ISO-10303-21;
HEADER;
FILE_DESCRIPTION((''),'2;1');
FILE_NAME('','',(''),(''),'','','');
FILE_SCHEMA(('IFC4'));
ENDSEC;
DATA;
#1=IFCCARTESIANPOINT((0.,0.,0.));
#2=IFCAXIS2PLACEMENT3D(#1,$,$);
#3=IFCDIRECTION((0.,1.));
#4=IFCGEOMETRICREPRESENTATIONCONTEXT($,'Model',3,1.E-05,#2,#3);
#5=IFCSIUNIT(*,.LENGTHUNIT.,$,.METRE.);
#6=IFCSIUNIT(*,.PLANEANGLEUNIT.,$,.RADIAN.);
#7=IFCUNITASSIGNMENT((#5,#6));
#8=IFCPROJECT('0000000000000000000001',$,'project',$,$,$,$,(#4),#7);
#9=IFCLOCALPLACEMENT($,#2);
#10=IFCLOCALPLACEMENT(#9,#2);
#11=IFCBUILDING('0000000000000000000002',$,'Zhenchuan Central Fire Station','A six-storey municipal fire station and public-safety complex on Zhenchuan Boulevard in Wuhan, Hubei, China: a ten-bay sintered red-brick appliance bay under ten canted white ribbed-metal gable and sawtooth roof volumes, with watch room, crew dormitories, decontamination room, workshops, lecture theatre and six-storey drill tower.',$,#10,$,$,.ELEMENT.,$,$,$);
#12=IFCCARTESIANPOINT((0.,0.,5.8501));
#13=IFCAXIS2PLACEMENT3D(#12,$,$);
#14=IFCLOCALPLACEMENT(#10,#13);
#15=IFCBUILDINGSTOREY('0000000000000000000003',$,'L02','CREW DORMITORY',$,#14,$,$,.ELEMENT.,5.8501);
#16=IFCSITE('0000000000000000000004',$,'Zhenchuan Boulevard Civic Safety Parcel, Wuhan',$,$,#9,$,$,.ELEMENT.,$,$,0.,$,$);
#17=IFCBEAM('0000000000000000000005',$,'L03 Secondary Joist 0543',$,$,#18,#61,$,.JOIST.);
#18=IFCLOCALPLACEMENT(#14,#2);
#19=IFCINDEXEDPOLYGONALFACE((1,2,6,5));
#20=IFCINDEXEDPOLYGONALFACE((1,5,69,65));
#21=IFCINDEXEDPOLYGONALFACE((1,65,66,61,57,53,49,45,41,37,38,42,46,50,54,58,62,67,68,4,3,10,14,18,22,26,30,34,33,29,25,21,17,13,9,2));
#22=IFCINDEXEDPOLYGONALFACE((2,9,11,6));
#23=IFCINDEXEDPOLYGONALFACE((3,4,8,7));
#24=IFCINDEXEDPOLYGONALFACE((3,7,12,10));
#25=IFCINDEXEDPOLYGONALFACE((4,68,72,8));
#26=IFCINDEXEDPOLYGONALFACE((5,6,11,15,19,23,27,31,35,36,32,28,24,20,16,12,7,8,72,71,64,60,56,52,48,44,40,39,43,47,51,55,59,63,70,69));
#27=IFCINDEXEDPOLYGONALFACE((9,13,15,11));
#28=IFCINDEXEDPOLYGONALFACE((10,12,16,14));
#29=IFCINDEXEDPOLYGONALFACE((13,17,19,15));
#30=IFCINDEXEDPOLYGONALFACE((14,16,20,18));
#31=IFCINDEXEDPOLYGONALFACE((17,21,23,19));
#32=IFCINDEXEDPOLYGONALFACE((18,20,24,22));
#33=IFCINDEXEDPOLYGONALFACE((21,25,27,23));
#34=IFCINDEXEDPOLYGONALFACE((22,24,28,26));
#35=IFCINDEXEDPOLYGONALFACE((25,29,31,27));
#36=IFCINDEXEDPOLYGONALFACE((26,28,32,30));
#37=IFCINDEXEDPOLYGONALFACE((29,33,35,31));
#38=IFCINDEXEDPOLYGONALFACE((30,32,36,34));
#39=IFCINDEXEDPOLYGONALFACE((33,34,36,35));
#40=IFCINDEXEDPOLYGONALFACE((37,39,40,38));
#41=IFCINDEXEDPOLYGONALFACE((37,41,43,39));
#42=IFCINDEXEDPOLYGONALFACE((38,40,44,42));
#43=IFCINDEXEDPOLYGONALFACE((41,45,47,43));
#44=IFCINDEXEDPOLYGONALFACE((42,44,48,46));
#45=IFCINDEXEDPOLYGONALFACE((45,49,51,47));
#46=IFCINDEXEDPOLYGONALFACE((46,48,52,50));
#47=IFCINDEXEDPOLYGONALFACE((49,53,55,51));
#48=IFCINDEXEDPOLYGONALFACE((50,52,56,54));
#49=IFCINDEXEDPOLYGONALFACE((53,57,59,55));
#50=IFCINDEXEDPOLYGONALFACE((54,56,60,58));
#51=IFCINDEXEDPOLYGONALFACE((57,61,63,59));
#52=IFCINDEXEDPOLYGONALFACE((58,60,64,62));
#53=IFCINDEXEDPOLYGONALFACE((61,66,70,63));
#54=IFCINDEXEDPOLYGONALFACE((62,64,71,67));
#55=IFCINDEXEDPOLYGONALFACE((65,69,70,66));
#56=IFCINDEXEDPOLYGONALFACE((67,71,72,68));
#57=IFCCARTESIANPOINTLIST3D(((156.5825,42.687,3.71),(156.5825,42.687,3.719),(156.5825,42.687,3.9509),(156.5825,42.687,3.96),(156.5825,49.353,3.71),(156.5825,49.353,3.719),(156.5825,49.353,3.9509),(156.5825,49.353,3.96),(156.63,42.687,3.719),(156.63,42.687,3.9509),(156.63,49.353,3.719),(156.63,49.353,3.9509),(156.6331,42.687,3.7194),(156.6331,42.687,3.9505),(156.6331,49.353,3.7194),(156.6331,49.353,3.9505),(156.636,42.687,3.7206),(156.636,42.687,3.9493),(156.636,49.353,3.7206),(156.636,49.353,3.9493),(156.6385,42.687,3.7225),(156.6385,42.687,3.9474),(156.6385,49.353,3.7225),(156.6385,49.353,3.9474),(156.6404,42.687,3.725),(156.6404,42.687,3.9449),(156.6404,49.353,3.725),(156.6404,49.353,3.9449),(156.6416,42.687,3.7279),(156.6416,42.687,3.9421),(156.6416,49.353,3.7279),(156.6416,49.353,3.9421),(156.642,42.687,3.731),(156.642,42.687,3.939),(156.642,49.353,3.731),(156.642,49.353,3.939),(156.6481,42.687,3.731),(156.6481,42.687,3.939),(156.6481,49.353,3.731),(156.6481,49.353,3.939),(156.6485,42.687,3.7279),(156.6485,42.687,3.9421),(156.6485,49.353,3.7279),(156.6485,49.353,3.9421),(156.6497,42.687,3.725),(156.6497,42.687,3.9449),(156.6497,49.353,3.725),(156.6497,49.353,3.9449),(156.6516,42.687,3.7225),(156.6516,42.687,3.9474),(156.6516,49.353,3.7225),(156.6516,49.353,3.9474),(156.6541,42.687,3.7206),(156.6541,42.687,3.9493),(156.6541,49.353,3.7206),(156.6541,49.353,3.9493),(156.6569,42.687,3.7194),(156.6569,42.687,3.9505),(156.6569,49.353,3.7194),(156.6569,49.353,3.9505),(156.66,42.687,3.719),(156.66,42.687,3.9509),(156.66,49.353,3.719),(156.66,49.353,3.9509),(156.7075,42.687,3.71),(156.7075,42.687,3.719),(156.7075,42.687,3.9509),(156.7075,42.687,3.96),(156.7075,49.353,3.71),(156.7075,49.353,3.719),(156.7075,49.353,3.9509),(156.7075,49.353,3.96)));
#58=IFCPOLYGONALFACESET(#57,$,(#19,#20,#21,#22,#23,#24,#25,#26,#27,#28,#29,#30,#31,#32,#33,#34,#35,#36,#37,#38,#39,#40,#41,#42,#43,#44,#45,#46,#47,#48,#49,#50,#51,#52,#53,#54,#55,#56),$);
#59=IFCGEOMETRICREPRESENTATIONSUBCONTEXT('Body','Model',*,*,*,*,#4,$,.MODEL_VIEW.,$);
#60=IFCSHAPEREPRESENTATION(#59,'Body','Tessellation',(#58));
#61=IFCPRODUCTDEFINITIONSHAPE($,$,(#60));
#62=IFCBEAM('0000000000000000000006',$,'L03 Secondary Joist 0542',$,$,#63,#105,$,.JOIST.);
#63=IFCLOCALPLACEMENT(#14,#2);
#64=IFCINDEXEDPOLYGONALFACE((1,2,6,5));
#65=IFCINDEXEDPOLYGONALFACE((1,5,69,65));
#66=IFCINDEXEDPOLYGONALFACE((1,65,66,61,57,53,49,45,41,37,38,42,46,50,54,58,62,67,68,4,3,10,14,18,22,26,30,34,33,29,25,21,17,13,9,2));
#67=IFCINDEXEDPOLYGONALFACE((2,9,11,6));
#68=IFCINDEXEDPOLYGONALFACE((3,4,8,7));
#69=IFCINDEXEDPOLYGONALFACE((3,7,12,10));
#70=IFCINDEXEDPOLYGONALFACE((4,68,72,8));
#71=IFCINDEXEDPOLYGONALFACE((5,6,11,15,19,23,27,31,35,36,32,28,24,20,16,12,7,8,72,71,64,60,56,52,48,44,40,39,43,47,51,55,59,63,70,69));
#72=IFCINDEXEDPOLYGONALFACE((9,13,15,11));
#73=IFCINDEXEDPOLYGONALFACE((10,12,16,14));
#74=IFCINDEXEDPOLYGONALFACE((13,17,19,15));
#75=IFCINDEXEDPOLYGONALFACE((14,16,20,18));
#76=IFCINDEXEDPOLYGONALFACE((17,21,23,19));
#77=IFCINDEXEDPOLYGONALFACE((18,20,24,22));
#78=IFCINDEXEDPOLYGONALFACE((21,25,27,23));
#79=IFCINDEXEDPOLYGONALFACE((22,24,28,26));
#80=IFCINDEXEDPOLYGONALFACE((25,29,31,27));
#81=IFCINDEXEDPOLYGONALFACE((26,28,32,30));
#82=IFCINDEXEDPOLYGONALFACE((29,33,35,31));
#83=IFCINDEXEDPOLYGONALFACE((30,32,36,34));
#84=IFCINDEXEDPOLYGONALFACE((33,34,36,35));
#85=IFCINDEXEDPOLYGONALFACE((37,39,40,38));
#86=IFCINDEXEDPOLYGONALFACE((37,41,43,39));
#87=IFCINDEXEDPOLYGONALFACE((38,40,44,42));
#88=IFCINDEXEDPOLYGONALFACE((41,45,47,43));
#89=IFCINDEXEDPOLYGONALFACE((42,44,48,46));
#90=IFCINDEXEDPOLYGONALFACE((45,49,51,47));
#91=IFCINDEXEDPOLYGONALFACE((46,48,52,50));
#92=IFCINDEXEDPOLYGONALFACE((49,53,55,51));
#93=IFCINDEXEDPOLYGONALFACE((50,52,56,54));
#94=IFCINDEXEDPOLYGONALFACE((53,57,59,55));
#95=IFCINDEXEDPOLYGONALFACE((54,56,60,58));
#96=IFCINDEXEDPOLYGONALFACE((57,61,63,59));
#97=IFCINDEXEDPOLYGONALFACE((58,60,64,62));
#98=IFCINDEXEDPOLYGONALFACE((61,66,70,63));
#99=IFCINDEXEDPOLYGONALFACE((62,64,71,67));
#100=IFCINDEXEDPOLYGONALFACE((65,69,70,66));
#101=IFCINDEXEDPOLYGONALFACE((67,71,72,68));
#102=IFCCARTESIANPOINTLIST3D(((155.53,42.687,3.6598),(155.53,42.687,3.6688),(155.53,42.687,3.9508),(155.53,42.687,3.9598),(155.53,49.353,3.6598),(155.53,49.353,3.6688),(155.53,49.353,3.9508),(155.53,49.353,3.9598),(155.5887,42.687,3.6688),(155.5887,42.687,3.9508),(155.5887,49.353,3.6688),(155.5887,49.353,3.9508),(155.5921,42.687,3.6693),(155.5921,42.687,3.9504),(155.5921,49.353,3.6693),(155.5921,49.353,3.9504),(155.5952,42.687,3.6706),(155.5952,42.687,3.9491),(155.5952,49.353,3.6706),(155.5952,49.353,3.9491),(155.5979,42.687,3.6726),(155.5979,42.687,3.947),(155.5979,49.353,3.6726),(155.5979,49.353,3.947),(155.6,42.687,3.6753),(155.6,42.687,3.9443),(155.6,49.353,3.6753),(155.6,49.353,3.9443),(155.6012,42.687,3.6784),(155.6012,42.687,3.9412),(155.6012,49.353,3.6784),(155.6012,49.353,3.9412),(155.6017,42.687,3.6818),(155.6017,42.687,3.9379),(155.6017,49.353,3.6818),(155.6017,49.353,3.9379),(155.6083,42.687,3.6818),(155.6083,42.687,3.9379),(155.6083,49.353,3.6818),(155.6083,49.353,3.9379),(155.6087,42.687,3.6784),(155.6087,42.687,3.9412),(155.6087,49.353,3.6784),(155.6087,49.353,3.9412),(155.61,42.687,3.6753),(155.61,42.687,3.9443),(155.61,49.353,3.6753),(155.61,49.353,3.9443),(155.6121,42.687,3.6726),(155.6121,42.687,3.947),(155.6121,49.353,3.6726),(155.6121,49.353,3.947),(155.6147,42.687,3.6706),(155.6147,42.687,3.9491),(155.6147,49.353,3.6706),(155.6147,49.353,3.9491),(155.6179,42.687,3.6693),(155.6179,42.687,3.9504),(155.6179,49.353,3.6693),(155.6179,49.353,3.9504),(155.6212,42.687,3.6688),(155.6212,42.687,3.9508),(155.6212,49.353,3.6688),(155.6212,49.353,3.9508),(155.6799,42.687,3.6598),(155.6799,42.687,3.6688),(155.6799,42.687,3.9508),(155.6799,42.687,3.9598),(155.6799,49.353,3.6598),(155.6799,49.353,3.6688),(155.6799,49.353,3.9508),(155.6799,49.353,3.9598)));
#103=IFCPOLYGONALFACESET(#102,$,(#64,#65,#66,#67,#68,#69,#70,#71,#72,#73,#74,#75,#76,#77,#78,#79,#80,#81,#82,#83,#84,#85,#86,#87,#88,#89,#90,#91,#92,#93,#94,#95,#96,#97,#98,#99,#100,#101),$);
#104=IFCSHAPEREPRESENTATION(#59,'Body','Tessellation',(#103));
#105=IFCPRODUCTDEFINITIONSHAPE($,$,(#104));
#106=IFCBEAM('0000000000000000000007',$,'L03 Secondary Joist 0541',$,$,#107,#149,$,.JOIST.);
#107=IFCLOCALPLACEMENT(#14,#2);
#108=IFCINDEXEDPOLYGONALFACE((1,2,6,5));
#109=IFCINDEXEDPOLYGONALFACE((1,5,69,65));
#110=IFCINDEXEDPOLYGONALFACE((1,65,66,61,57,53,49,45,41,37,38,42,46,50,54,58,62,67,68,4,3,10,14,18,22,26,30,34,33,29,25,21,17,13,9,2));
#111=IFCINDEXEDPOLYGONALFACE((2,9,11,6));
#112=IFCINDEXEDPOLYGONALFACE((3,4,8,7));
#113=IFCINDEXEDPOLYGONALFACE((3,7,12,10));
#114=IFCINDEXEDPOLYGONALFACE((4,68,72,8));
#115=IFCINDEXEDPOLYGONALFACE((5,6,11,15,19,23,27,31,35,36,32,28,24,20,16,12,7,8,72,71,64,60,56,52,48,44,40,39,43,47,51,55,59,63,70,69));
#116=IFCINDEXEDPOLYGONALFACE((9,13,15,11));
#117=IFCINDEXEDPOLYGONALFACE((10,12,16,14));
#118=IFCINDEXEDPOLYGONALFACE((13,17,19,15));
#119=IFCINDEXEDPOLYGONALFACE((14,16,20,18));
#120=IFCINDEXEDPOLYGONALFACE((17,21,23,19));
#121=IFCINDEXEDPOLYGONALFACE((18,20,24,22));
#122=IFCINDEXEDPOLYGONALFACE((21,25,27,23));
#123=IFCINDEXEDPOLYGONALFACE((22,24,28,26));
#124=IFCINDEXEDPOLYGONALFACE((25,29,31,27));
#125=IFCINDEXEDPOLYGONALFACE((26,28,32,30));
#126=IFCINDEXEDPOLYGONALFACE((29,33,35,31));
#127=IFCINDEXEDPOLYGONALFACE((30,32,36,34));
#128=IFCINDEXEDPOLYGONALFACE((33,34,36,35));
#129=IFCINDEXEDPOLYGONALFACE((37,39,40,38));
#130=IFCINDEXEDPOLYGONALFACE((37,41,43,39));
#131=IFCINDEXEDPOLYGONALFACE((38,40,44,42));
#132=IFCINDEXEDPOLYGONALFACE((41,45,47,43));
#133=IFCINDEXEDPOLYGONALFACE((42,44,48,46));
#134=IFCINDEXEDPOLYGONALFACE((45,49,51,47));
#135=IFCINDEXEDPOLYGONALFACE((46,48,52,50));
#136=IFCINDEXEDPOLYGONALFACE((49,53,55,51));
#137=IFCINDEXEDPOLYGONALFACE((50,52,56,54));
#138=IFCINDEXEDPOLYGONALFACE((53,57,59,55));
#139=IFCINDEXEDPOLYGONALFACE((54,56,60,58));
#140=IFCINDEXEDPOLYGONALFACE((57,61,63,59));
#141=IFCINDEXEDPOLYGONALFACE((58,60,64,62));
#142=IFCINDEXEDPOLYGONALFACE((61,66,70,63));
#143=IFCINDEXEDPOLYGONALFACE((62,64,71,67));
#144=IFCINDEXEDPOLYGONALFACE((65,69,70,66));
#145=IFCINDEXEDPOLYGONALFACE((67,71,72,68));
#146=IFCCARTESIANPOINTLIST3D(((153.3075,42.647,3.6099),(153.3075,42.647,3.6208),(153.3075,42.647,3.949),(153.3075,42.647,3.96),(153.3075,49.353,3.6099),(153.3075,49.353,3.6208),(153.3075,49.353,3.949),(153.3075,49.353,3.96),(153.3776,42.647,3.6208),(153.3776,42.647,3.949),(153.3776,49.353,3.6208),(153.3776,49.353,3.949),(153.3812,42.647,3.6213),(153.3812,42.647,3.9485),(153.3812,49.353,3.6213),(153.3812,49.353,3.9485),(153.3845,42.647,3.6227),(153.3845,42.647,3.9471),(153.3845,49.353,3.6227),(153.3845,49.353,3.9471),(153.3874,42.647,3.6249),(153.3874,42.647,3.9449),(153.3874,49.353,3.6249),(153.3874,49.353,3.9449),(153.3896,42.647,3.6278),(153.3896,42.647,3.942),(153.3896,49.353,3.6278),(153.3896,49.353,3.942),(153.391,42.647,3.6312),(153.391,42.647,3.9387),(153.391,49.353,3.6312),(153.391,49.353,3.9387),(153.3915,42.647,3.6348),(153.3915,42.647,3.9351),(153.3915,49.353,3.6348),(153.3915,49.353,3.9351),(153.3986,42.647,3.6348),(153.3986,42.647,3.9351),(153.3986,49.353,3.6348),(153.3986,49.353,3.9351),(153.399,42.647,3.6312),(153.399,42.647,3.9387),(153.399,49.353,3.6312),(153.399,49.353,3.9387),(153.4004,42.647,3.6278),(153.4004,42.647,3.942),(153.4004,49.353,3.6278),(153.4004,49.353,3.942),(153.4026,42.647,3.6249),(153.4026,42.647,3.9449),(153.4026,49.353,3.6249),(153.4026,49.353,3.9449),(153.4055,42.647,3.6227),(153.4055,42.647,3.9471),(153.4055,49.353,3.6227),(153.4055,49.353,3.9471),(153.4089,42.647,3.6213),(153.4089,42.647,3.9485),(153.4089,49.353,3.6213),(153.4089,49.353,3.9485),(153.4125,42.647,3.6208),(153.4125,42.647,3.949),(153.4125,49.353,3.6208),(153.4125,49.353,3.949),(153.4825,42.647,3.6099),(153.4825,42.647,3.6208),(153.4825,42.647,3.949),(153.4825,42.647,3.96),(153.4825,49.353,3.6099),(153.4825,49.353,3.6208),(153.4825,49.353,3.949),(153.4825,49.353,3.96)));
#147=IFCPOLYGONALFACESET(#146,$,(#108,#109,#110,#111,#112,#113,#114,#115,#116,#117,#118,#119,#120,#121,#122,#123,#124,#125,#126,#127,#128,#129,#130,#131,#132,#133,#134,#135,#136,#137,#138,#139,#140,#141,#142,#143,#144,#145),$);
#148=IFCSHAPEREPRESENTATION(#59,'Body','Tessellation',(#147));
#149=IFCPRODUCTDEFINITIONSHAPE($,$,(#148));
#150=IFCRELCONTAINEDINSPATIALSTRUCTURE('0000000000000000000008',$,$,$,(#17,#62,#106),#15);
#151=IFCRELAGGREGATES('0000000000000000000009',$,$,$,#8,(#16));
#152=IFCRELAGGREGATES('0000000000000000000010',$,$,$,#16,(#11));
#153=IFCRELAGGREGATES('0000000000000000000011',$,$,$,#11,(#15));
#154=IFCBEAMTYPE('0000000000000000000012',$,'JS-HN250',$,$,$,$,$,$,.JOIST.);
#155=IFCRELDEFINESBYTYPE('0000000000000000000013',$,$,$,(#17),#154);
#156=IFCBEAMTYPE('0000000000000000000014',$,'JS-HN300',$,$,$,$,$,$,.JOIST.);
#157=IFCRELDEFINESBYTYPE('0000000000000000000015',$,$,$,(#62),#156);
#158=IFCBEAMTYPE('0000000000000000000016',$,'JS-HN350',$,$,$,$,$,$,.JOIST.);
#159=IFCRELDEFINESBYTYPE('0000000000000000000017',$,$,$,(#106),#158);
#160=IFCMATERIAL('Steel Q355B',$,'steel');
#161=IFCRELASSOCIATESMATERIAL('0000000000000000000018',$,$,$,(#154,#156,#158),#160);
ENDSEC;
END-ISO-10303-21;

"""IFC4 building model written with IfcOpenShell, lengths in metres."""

from ifc_helpers import new_model, si_unit, direction, frame, origin, origin_2d, place, context, subcontext, project, spatial, i_section, extrude, material, material_profile, profile_set, type_object, element, save


model = new_model("IFC4")

# Units and contexts
model_context = context("Model", 3, precision=1e-05, world=origin(), true_north=direction((0.0, 1.0)))
body_context = subcontext(model_context, "Body", "Model", "MODEL_VIEW")
ifc_project = project(units=[si_unit("LENGTHUNIT", "METRE"), si_unit("PLANEANGLEUNIT", "RADIAN")], contexts=[model_context])

# Site, building, storey
site_placement = place(None, origin())
site = spatial("IfcSite", under=ifc_project, at=site_placement, Name="Zhenchuan Boulevard Civic Safety Parcel, Wuhan", CompositionType="ELEMENT", RefElevation=0.0)
building_placement = place(site_placement, origin())
building = spatial("IfcBuilding", under=site, at=building_placement, Name="Zhenchuan Central Fire Station", Description="A six-storey municipal fire station and public-safety complex on Zhenchuan Boulevard in Wuhan, Hubei, China: a ten-bay sintered red-brick appliance bay under ten canted white ribbed-metal gable and sawtooth roof volumes, with watch room, crew dormitories, decontamination room, workshops, lecture theatre and six-storey drill tower.", CompositionType="ELEMENT")
storey_placement = place(building_placement, frame((0.0, 0.0, 5.8501)))
storey = spatial("IfcBuildingStorey", under=building, at=storey_placement, Name="L02", Description="CREW DORMITORY", CompositionType="ELEMENT", Elevation=5.8501)

# Beams
ifc_material_1 = material(Name="Steel Q355B", Category="steel")
ifc_material_profile_1 = material_profile(ifc_material_1, i_section(OverallWidth=0.125, OverallDepth=0.25, WebThickness=0.0061, FlangeThickness=0.009, FilletRadius=0.012, at=origin_2d()), Name="HN 250x125")
ifc_profile_set_1 = profile_set([ifc_material_profile_1], Name="Steel Q355B")
beam_type_1 = type_object("IfcBeamType", Name="JS-HN250", PredefinedType="JOIST", material=ifc_profile_set_1)
beam_1_placement = place(storey_placement, frame((156.645, 42.687, 3.835), z_axis=(0.0, 1.0, 0.0), x_axis=(-1.0, 0.0, 0.0)))
element("IfcBeam", 1, at=beam_1_placement, inside=storey, type_object=beam_type_1, Name="L03 Secondary Joist 0543", PredefinedType="JOIST", context=body_context, shape_type="SweptSolid", body=[
    extrude(i_section(OverallWidth=0.125, OverallDepth=0.25, WebThickness=0.0061, FlangeThickness=0.009, FilletRadius=0.012, at=origin_2d()), origin(), (0.0, 0.0, 1.0), 6.666),
])
ifc_material_profile_2 = material_profile(ifc_material_1, i_section(OverallWidth=0.1499, OverallDepth=0.3, WebThickness=0.0066, FlangeThickness=0.009, FilletRadius=0.0129, at=origin_2d()), Name="HN 300x150")
ifc_profile_set_2 = profile_set([ifc_material_profile_2], Name="Steel Q355B")
beam_type_2 = type_object("IfcBeamType", Name="JS-HN300", PredefinedType="JOIST", material=ifc_profile_set_2)
beam_2_placement = place(storey_placement, frame((155.605, 42.687, 3.8098), z_axis=(0.0, 1.0, 0.0), x_axis=(-1.0, 0.0, 0.0)))
element("IfcBeam", 2, at=beam_2_placement, inside=storey, type_object=beam_type_2, Name="L03 Secondary Joist 0542", PredefinedType="JOIST", context=body_context, shape_type="SweptSolid", body=[
    extrude(i_section(OverallWidth=0.1499, OverallDepth=0.3, WebThickness=0.0066, FlangeThickness=0.009, FilletRadius=0.0129, at=origin_2d()), origin(), (0.0, 0.0, 1.0), 6.666),
])
ifc_material_profile_3 = material_profile(ifc_material_1, i_section(OverallWidth=0.175, OverallDepth=0.3501, WebThickness=0.0071, FlangeThickness=0.011, FilletRadius=0.0139, at=origin_2d()), Name="HN 350x175")
ifc_profile_set_3 = profile_set([ifc_material_profile_3], Name="Steel Q355B")
beam_type_3 = type_object("IfcBeamType", Name="JS-HN350", PredefinedType="JOIST", material=ifc_profile_set_3)
beam_3_placement = place(storey_placement, frame((153.395, 42.647, 3.7849), z_axis=(0.0, 1.0, 0.0), x_axis=(-1.0, 0.0, 0.0)))
element("IfcBeam", 3, at=beam_3_placement, inside=storey, type_object=beam_type_3, Name="L03 Secondary Joist 0541", PredefinedType="JOIST", context=body_context, shape_type="SweptSolid", body=[
    extrude(i_section(OverallWidth=0.175, OverallDepth=0.3501, WebThickness=0.0071, FlangeThickness=0.011, FilletRadius=0.0139, at=origin_2d()), origin(), (0.0, 0.0, 1.0), 6.7061),
])

save(model, "model.ifc")
